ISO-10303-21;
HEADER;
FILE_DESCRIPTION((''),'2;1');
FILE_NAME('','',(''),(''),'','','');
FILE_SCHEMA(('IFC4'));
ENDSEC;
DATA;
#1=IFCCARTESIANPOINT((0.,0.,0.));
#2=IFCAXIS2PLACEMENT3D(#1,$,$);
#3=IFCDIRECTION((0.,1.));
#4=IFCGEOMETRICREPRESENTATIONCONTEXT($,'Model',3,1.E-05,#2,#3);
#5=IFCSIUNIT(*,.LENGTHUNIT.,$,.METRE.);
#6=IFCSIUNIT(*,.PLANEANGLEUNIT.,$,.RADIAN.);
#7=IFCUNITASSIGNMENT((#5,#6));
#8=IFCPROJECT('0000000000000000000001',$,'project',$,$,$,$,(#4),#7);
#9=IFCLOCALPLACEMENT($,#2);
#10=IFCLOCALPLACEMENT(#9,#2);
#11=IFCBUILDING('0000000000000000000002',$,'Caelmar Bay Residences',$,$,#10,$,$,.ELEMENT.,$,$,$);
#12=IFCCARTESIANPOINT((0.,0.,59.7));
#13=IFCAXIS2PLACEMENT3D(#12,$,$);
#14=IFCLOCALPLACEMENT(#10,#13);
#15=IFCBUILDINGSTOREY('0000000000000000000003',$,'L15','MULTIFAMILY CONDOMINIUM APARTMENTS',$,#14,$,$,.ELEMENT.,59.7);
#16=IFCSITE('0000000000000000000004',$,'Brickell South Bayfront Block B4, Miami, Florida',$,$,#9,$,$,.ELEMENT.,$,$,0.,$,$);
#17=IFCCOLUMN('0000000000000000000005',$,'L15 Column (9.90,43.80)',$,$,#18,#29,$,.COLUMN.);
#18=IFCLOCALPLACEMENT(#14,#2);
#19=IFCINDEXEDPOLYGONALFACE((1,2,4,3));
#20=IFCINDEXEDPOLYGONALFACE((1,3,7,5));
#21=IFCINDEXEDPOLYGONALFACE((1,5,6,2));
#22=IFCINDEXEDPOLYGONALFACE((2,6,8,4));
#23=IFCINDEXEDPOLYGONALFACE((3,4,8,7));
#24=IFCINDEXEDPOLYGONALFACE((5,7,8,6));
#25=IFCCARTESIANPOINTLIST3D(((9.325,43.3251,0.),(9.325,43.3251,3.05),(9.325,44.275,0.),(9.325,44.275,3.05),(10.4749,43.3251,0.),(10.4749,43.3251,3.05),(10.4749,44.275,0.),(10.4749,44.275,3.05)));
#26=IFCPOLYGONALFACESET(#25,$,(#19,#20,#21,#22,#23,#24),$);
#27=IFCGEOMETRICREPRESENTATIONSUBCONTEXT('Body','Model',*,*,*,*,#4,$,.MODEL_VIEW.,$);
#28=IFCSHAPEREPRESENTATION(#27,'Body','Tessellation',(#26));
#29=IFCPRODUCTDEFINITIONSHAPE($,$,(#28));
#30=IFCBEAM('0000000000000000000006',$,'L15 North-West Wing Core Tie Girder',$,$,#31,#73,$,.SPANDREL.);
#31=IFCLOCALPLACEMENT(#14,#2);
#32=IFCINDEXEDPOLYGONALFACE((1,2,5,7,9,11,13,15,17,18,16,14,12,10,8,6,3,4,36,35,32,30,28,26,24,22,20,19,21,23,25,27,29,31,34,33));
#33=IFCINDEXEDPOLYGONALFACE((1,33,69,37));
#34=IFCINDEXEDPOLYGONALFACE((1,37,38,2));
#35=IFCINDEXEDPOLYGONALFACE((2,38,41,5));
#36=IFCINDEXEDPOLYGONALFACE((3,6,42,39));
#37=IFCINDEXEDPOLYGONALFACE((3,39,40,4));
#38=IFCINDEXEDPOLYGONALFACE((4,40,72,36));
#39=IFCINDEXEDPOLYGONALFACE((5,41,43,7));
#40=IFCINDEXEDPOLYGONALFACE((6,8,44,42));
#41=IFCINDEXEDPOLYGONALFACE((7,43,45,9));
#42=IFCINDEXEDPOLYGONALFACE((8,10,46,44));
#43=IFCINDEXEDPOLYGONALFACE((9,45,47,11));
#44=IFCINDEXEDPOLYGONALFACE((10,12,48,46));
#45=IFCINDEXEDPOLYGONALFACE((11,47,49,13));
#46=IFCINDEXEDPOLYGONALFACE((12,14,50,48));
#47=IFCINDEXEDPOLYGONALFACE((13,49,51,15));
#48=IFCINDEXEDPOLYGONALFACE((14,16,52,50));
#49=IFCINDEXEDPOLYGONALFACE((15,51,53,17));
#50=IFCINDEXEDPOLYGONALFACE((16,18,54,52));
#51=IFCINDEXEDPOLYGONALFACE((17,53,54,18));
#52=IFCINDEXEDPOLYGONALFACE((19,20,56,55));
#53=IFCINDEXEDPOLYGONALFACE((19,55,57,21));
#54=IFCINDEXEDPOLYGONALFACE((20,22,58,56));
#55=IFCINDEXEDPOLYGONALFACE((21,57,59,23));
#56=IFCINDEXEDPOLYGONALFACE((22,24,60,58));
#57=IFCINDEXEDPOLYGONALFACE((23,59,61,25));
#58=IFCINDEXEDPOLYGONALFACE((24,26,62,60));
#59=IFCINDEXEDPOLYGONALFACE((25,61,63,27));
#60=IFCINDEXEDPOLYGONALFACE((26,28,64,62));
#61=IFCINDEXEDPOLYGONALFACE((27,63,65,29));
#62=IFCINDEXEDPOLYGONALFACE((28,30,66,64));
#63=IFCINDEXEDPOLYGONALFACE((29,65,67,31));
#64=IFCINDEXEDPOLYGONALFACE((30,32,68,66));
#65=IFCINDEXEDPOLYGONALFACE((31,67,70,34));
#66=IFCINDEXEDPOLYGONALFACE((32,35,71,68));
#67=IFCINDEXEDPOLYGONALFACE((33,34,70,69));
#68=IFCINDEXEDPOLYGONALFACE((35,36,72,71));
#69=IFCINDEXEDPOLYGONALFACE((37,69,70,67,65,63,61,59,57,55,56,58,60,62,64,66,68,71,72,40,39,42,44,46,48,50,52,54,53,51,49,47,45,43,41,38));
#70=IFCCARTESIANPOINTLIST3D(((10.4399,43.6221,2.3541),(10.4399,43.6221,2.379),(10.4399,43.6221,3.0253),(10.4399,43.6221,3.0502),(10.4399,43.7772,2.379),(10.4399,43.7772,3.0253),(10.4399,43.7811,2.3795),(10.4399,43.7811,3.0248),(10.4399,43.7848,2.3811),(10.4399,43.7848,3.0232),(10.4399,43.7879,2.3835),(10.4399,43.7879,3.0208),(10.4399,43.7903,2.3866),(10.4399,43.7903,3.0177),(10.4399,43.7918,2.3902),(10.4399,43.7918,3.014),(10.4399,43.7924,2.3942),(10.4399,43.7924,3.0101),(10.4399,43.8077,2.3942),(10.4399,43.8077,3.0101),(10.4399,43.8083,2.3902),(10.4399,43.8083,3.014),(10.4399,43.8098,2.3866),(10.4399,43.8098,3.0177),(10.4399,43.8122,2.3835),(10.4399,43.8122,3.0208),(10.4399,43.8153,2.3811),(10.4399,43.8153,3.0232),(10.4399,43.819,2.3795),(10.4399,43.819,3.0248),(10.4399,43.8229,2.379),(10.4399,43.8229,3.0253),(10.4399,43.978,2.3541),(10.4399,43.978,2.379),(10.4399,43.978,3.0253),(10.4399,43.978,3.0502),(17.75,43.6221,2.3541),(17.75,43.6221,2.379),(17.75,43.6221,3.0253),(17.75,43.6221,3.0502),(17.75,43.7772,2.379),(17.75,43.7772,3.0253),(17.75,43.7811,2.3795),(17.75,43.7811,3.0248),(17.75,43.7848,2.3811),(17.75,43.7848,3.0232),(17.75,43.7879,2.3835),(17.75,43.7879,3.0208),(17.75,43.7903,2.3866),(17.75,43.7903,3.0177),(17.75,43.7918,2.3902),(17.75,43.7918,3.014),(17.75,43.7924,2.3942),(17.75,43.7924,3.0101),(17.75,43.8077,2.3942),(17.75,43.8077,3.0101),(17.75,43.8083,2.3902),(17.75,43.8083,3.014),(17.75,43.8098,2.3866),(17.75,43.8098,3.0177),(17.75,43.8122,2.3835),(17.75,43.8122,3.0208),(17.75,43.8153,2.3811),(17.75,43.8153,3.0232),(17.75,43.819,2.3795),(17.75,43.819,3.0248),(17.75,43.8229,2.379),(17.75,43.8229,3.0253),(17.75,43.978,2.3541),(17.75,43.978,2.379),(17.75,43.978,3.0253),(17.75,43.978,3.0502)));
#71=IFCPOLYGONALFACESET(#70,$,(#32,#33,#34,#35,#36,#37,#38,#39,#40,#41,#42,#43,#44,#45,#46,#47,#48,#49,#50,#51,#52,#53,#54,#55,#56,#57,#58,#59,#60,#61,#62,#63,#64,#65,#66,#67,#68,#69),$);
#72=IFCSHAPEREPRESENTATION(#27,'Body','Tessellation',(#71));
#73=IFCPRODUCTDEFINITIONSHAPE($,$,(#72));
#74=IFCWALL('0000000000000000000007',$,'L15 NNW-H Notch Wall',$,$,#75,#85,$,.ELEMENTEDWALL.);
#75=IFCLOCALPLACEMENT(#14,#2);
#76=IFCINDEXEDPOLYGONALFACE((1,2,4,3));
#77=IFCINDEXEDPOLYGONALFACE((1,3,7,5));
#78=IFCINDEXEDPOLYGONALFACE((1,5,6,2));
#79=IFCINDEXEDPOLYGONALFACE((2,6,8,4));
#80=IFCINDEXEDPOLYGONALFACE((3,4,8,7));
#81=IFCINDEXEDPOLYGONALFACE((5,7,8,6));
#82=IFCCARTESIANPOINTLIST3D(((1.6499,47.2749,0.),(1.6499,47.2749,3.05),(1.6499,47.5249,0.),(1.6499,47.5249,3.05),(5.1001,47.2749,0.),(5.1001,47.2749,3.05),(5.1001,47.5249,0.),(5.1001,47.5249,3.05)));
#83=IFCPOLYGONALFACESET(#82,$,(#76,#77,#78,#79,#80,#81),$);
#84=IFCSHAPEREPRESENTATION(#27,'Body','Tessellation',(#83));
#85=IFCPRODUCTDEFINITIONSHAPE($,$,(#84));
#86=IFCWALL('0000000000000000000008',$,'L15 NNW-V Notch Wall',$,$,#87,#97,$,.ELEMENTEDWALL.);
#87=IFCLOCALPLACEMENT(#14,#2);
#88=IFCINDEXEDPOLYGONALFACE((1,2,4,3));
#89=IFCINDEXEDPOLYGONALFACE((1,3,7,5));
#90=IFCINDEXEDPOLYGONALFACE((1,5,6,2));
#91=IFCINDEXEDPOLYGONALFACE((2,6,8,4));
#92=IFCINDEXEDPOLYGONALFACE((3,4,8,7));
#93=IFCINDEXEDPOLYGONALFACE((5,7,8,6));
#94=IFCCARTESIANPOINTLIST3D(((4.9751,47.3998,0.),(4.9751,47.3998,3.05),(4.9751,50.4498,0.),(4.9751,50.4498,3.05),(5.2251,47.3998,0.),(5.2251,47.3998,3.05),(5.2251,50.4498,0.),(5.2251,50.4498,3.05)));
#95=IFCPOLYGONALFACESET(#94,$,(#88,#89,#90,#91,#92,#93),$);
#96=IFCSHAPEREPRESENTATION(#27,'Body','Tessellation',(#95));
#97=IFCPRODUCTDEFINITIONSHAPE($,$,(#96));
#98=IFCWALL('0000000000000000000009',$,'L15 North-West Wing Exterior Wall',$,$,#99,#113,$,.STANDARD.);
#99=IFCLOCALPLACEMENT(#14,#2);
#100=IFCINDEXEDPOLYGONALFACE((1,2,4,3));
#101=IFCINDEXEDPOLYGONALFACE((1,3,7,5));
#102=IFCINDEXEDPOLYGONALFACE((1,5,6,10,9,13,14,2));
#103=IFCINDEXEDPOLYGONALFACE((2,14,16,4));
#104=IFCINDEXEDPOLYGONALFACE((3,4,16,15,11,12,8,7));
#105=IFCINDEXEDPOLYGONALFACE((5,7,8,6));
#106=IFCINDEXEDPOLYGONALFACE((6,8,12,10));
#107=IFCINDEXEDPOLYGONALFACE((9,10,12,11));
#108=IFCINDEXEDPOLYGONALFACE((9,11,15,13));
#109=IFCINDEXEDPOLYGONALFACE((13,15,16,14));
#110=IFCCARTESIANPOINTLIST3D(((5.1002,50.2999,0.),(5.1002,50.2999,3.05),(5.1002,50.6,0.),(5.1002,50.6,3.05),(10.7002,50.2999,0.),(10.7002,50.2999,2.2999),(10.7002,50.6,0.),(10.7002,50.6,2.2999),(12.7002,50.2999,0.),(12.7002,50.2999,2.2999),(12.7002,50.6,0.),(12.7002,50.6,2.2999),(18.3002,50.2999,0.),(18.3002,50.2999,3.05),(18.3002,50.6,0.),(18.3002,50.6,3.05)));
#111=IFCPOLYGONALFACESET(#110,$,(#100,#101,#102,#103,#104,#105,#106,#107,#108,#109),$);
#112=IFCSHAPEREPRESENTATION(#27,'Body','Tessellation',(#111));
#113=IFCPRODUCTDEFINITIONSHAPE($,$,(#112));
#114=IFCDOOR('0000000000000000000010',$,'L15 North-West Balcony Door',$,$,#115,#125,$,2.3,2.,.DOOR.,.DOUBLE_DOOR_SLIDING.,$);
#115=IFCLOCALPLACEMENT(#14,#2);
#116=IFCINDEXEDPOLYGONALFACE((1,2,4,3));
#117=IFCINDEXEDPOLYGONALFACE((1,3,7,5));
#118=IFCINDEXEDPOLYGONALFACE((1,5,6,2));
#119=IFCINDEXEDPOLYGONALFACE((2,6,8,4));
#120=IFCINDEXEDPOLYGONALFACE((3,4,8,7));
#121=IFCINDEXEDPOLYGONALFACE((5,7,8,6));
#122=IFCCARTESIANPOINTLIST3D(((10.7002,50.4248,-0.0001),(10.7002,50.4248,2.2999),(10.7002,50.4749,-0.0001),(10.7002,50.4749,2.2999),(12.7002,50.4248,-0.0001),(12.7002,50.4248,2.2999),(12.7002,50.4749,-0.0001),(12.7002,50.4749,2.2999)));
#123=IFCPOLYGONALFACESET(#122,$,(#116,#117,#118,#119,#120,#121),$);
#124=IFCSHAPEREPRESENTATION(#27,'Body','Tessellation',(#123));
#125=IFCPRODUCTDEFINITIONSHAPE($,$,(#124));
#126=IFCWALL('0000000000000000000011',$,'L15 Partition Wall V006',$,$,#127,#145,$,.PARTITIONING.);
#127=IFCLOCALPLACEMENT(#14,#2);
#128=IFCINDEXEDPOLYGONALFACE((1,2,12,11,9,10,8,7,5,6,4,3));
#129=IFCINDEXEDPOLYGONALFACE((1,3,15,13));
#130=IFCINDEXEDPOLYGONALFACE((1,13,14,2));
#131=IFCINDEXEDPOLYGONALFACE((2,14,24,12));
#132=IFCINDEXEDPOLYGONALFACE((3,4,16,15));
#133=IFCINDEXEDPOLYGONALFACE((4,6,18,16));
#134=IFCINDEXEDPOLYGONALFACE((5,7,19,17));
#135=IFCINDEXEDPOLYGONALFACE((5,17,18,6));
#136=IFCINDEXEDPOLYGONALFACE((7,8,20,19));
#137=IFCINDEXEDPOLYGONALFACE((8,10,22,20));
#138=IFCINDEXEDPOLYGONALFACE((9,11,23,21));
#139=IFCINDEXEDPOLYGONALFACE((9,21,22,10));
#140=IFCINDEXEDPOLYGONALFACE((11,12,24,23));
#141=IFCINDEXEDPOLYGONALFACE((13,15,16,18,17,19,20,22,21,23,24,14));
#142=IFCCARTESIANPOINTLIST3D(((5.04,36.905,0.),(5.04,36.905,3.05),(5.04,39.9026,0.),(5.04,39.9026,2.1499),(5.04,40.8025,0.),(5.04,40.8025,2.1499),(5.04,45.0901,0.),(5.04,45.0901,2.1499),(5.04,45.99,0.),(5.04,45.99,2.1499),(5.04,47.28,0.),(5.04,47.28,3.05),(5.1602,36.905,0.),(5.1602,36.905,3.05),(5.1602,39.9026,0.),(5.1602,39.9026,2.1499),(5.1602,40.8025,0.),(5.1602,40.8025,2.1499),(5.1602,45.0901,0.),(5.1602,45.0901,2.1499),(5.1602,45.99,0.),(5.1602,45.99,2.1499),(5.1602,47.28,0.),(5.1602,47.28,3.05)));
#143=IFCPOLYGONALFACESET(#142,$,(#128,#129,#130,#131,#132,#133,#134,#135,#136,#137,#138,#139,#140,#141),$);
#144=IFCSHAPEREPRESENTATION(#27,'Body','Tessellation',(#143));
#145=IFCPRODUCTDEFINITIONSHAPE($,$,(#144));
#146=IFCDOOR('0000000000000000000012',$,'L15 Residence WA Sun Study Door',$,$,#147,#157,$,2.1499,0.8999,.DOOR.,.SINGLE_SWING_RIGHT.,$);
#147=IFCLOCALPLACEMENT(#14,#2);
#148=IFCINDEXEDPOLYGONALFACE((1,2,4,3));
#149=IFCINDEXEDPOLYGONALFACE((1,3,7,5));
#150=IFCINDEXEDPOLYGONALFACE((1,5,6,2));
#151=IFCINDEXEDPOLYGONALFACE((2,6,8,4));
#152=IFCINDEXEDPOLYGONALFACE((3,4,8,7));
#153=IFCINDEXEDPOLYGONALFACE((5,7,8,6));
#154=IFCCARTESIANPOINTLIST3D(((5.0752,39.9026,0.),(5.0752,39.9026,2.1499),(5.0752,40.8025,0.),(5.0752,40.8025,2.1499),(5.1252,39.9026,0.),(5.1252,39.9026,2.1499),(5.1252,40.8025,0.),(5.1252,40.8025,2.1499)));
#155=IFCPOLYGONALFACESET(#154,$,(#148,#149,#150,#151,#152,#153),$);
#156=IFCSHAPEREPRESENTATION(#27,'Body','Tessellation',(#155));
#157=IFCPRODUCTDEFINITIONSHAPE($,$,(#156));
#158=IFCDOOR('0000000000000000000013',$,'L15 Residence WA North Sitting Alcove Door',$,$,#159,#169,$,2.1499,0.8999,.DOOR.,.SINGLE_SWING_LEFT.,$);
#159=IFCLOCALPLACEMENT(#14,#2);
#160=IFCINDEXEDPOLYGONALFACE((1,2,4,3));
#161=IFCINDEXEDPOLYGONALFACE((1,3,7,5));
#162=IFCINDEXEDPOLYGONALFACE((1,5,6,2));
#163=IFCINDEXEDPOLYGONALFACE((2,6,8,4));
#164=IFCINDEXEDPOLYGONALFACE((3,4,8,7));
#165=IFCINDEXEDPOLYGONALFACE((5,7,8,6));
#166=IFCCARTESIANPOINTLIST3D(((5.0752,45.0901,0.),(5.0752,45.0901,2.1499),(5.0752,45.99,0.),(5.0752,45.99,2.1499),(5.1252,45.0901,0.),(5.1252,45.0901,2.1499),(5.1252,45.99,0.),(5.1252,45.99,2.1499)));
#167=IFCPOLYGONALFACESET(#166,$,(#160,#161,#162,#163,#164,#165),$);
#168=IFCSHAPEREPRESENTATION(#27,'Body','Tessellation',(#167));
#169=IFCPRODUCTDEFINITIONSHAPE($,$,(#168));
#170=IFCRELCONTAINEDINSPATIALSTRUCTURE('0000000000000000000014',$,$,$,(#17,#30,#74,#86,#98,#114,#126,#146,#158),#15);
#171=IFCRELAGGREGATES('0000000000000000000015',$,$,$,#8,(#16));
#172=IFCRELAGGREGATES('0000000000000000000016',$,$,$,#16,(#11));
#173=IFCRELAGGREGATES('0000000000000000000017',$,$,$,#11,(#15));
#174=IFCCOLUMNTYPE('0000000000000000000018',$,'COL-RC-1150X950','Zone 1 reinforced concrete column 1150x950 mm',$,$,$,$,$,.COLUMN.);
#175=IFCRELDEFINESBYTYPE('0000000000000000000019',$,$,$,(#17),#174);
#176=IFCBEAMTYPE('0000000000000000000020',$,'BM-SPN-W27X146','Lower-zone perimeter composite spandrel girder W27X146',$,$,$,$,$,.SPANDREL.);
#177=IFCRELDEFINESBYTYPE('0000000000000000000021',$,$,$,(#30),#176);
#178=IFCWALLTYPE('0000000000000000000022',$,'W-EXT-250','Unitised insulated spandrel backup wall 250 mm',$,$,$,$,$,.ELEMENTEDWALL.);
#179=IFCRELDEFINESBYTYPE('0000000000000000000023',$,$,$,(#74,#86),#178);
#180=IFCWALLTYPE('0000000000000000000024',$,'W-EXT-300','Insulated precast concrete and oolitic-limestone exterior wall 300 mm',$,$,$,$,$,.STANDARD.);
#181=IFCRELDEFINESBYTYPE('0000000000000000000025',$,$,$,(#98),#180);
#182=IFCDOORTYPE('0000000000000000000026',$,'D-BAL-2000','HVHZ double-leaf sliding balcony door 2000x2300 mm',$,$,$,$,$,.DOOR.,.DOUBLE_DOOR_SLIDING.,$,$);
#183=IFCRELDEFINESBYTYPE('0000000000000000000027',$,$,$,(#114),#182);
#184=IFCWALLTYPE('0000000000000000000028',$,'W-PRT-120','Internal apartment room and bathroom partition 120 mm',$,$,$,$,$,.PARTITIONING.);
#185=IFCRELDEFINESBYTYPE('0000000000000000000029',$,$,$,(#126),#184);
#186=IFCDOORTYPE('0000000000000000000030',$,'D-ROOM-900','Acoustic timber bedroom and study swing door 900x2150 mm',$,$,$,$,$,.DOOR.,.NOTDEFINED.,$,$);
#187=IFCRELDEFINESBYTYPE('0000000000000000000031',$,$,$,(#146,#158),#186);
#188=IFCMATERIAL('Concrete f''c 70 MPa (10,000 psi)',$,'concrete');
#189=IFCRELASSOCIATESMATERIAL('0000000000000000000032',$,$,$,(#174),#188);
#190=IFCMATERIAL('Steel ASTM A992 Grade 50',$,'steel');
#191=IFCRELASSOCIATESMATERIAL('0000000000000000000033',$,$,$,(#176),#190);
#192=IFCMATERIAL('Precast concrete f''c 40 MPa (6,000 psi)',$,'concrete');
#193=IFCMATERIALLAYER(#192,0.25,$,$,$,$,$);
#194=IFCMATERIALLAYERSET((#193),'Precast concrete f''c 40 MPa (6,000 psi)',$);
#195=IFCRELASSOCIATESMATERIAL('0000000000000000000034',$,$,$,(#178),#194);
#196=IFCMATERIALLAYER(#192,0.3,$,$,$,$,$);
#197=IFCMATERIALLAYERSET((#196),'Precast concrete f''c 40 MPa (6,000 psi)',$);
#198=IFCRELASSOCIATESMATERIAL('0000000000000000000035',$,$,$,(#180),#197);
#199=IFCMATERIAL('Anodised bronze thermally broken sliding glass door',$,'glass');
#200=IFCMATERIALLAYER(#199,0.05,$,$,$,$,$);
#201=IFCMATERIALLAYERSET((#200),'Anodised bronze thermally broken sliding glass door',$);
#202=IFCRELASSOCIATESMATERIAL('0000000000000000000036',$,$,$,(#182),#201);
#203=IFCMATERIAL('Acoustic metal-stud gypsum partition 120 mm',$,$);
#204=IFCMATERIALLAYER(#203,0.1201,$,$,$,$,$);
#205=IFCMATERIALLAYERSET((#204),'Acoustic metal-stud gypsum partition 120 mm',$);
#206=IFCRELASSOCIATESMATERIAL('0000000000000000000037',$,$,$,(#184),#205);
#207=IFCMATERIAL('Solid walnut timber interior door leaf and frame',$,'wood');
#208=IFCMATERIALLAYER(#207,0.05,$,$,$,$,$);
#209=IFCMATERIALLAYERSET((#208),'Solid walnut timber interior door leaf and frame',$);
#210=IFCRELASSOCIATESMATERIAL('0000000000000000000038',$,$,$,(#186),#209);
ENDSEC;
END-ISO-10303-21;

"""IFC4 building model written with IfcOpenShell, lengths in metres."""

from ifc_helpers import new_model, si_unit, direction, frame, frame_2d, origin, origin_2d, place, context, subcontext, project, spatial, rectangle, i_section, extrude, material, layer, layer_set, material_profile, profile_set, type_object, element, fill, save


model = new_model("IFC4")

# Units and contexts
model_context = context("Model", 3, precision=1e-05, world=origin(), true_north=direction((0.0, 1.0)))
body_context = subcontext(model_context, "Body", "Model", "MODEL_VIEW")
ifc_project = project(units=[si_unit("LENGTHUNIT", "METRE"), si_unit("PLANEANGLEUNIT", "RADIAN")], contexts=[model_context])

# Site, building, storey
site_placement = place(None, origin())
site = spatial("IfcSite", under=ifc_project, at=site_placement, Name="Brickell South Bayfront Block B4, Miami, Florida", CompositionType="ELEMENT", RefElevation=0.0)
building_placement = place(site_placement, origin())
building = spatial("IfcBuilding", under=site, at=building_placement, Name="Caelmar Bay Residences", CompositionType="ELEMENT")
storey_placement = place(building_placement, frame((0.0, 0.0, 59.7)))
storey = spatial("IfcBuildingStorey", under=building, at=storey_placement, Name="L15", Description="MULTIFAMILY CONDOMINIUM APARTMENTS", CompositionType="ELEMENT", Elevation=59.7)

# Column
ifc_material_1 = material(Name="Concrete f'c 70 MPa (10,000 psi)", Category="concrete")
ifc_material_profile_1 = material_profile(ifc_material_1, rectangle(XDim=1.1499, YDim=0.95, at=origin_2d()), Name="RC-COL-1150X950")
ifc_profile_set_1 = profile_set([ifc_material_profile_1], Name="Concrete f'c 70 MPa (10,000 psi)")
column_type = type_object("IfcColumnType", Name="COL-RC-1150X950", Description="Zone 1 reinforced concrete column 1150x950 mm", PredefinedType="COLUMN", material=ifc_profile_set_1)
column_placement = place(storey_placement, frame((9.8999, 43.8, 0.0), z_axis=(0.0, 0.0, 1.0), x_axis=(1.0, 0.0, 0.0)))
element("IfcColumn", 1, at=column_placement, inside=storey, type_object=column_type, Name="L15 Column (9.90,43.80)", PredefinedType="COLUMN", context=body_context, shape_type="SweptSolid", body=[
    extrude(rectangle(XDim=1.1499, YDim=0.95, at=origin_2d()), origin(), (0.0, 0.0, 1.0), 3.05),
])

# Beam
ifc_material_2 = material(Name="Steel ASTM A992 Grade 50", Category="steel")
ifc_material_profile_2 = material_profile(ifc_material_2, i_section(OverallWidth=0.356, OverallDepth=0.696, WebThickness=0.0154, FlangeThickness=0.0249, FilletRadius=0.0151, at=origin_2d()), Name="W27X146")
ifc_profile_set_2 = profile_set([ifc_material_profile_2], Name="Steel ASTM A992 Grade 50")
beam_type = type_object("IfcBeamType", Name="BM-SPN-W27X146", Description="Lower-zone perimeter composite spandrel girder W27X146", PredefinedType="SPANDREL", material=ifc_profile_set_2)
beam_placement = place(storey_placement, frame((10.4399, 43.8, 2.7021), z_axis=(1.0, 0.0, 0.0), x_axis=(0.0, 1.0, 0.0)))
element("IfcBeam", 2, at=beam_placement, inside=storey, type_object=beam_type, Name="L15 North-West Wing Core Tie Girder", PredefinedType="SPANDREL", context=body_context, shape_type="SweptSolid", body=[
    extrude(i_section(OverallWidth=0.356, OverallDepth=0.696, WebThickness=0.0154, FlangeThickness=0.0249, FilletRadius=0.0151, at=origin_2d()), origin(), (0.0, 0.0, 1.0), 7.3101),
])

# Walls
ifc_material_3 = material(Name="Precast concrete f'c 40 MPa (6,000 psi)", Category="concrete")
ifc_layer_1 = layer(ifc_material_3, 0.25)
ifc_layer_set_1 = layer_set([ifc_layer_1], Name="Precast concrete f'c 40 MPa (6,000 psi)")
wall_type_1 = type_object("IfcWallType", Name="W-EXT-250", Description="Unitised insulated spandrel backup wall 250 mm", PredefinedType="ELEMENTEDWALL", material=ifc_layer_set_1)
wall_1_placement = place(storey_placement, frame((1.6499, 47.3999, 0.0), z_axis=(0.0, 0.0, 1.0), x_axis=(1.0, 0.0, 0.0)))
element("IfcWall", 3, at=wall_1_placement, inside=storey, type_object=wall_type_1, Name="L15 NNW-H Notch Wall", PredefinedType="ELEMENTEDWALL", context=body_context, shape_type="SweptSolid", body=[
    extrude(rectangle(XDim=3.4502, YDim=0.25, at=frame_2d((1.7251, 0.0))), origin(), (0.0, 0.0, 1.0), 3.05),
])
wall_2_placement = place(storey_placement, frame((5.1001, 47.3999, 0.0), z_axis=(0.0, 0.0, 1.0), x_axis=(0.0, 1.0, 0.0)))
element("IfcWall", 4, at=wall_2_placement, inside=storey, type_object=wall_type_1, Name="L15 NNW-V Notch Wall", PredefinedType="ELEMENTEDWALL", context=body_context, shape_type="SweptSolid", body=[
    extrude(rectangle(XDim=3.05, YDim=0.25, at=frame_2d((1.5249, 0.0))), origin(), (0.0, 0.0, 1.0), 3.05),
])

# Wall, opening, door
ifc_layer_2 = layer(ifc_material_3, 0.3)
ifc_layer_set_2 = layer_set([ifc_layer_2], Name="Precast concrete f'c 40 MPa (6,000 psi)")
wall_type_2 = type_object("IfcWallType", Name="W-EXT-300", Description="Insulated precast concrete and oolitic-limestone exterior wall 300 mm", PredefinedType="STANDARD", material=ifc_layer_set_2)
wall_3_placement = place(storey_placement, frame((5.1001, 50.45, 0.0), z_axis=(0.0, 0.0, 1.0), x_axis=(1.0, 0.0, 0.0)))
wall_3 = element("IfcWall", 5, at=wall_3_placement, inside=storey, type_object=wall_type_2, Name="L15 North-West Wing Exterior Wall", PredefinedType="STANDARD", context=body_context, shape_type="SweptSolid", body=[
    extrude(rectangle(XDim=13.2, YDim=0.3, at=frame_2d((6.6001, 0.0))), origin(), (0.0, 0.0, 1.0), 3.05),
])
opening_1_placement = place(wall_3_placement, frame((5.6001, 0.0, 0.0)))
opening_1 = element("IfcOpeningElement", 6, at=opening_1_placement, cuts=wall_3, PredefinedType="OPENING", context=body_context, shape_type="SweptSolid", body=[
    extrude(rectangle(XDim=2.0, YDim=2.3, at=frame_2d((1.0, 1.1499))), frame((0.0, 0.1599, 0.0), z_axis=(0.0, -1.0, 0.0), x_axis=(1.0, 0.0, 0.0)), (0.0, 0.0, 1.0), 0.3201),
])
ifc_material_4 = material(Name="Anodised bronze thermally broken sliding glass door", Category="glass")
ifc_layer_3 = layer(ifc_material_4, 0.05)
ifc_layer_set_3 = layer_set([ifc_layer_3], Name="Anodised bronze thermally broken sliding glass door")
door_type_1 = type_object("IfcDoorType", Name="D-BAL-2000", Description="HVHZ double-leaf sliding balcony door 2000x2300 mm", OperationType="DOUBLE_DOOR_SLIDING", PredefinedType="DOOR", material=ifc_layer_set_3)
door_1_placement = place(opening_1_placement, origin())
door_1 = element("IfcDoor", 7, at=door_1_placement, inside=storey, type_object=door_type_1, Name="L15 North-West Balcony Door", OperationType="DOUBLE_DOOR_SLIDING", OverallHeight=2.3, OverallWidth=2.0, PredefinedType="DOOR", context=body_context, shape_type="SweptSolid", body=[
    extrude(rectangle(XDim=2.0, YDim=2.3, at=frame_2d((1.0, 1.1499))), frame((0.0, 0.0249, 0.0), z_axis=(0.0, -1.0, 0.0), x_axis=(1.0, 0.0, 0.0)), (0.0, 0.0, 1.0), 0.05),
])
fill(opening_1, door_1)

# Wall, openings, doors
ifc_material_5 = material(Name="Acoustic metal-stud gypsum partition 120 mm")
ifc_layer_4 = layer(ifc_material_5, 0.1201)
ifc_layer_set_4 = layer_set([ifc_layer_4], Name="Acoustic metal-stud gypsum partition 120 mm")
wall_type_3 = type_object("IfcWallType", Name="W-PRT-120", Description="Internal apartment room and bathroom partition 120 mm", PredefinedType="PARTITIONING", material=ifc_layer_set_4)
wall_4_placement = place(storey_placement, frame((5.1001, 36.905, 0.0), z_axis=(0.0, 0.0, 1.0), x_axis=(0.0, 1.0, 0.0)))
wall_4 = element("IfcWall", 8, at=wall_4_placement, inside=storey, type_object=wall_type_3, Name="L15 Partition Wall V006", PredefinedType="PARTITIONING", context=body_context, shape_type="SweptSolid", body=[
    extrude(rectangle(XDim=10.375, YDim=0.1201, at=frame_2d((5.1875, 0.0))), origin(), (0.0, 0.0, 1.0), 3.05),
])
opening_2_placement = place(wall_4_placement, frame((2.9976, 0.0, 0.0)))
opening_2 = element("IfcOpeningElement", 9, at=opening_2_placement, cuts=wall_4, PredefinedType="OPENING", context=body_context, shape_type="SweptSolid", body=[
    extrude(rectangle(XDim=0.8999, YDim=2.1499, at=frame_2d((0.45, 1.075))), frame((0.0, 0.0701, 0.0), z_axis=(0.0, -1.0, 0.0), x_axis=(1.0, 0.0, 0.0)), (0.0, 0.0, 1.0), 0.1401),
])
opening_3_placement = place(wall_4_placement, frame((8.1851, 0.0, 0.0)))
opening_3 = element("IfcOpeningElement", 10, at=opening_3_placement, cuts=wall_4, PredefinedType="OPENING", context=body_context, shape_type="SweptSolid", body=[
    extrude(rectangle(XDim=0.8999, YDim=2.1499, at=frame_2d((0.45, 1.075))), frame((0.0, 0.0701, 0.0), z_axis=(0.0, -1.0, 0.0), x_axis=(1.0, 0.0, 0.0)), (0.0, 0.0, 1.0), 0.1401),
])
ifc_material_6 = material(Name="Solid walnut timber interior door leaf and frame", Category="wood")
ifc_layer_5 = layer(ifc_material_6, 0.05)
ifc_layer_set_5 = layer_set([ifc_layer_5], Name="Solid walnut timber interior door leaf and frame")
door_type_2 = type_object("IfcDoorType", Name="D-ROOM-900", Description="Acoustic timber bedroom and study swing door 900x2150 mm", OperationType="NOTDEFINED", PredefinedType="DOOR", material=ifc_layer_set_5)
door_2_placement = place(opening_2_placement, origin())
door_2 = element("IfcDoor", 11, at=door_2_placement, inside=storey, type_object=door_type_2, Name="L15 Residence WA Sun Study Door", OperationType="SINGLE_SWING_RIGHT", OverallHeight=2.1499, OverallWidth=0.8999, PredefinedType="DOOR", context=body_context, shape_type="SweptSolid", body=[
    extrude(rectangle(XDim=0.8999, YDim=2.1499, at=frame_2d((0.45, 1.075))), frame((0.0, 0.0249, 0.0), z_axis=(0.0, -1.0, 0.0), x_axis=(1.0, 0.0, 0.0)), (0.0, 0.0, 1.0), 0.05),
])
fill(opening_2, door_2)
door_3_placement = place(opening_3_placement, origin())
door_3 = element("IfcDoor", 12, at=door_3_placement, inside=storey, type_object=door_type_2, Name="L15 Residence WA North Sitting Alcove Door", OperationType="SINGLE_SWING_LEFT", OverallHeight=2.1499, OverallWidth=0.8999, PredefinedType="DOOR", context=body_context, shape_type="SweptSolid", body=[
    extrude(rectangle(XDim=0.8999, YDim=2.1499, at=frame_2d((0.45, 1.075))), frame((0.0, 0.0249, 0.0), z_axis=(0.0, -1.0, 0.0), x_axis=(1.0, 0.0, 0.0)), (0.0, 0.0, 1.0), 0.05),
])
fill(opening_3, door_3)

save(model, "model.ifc")
